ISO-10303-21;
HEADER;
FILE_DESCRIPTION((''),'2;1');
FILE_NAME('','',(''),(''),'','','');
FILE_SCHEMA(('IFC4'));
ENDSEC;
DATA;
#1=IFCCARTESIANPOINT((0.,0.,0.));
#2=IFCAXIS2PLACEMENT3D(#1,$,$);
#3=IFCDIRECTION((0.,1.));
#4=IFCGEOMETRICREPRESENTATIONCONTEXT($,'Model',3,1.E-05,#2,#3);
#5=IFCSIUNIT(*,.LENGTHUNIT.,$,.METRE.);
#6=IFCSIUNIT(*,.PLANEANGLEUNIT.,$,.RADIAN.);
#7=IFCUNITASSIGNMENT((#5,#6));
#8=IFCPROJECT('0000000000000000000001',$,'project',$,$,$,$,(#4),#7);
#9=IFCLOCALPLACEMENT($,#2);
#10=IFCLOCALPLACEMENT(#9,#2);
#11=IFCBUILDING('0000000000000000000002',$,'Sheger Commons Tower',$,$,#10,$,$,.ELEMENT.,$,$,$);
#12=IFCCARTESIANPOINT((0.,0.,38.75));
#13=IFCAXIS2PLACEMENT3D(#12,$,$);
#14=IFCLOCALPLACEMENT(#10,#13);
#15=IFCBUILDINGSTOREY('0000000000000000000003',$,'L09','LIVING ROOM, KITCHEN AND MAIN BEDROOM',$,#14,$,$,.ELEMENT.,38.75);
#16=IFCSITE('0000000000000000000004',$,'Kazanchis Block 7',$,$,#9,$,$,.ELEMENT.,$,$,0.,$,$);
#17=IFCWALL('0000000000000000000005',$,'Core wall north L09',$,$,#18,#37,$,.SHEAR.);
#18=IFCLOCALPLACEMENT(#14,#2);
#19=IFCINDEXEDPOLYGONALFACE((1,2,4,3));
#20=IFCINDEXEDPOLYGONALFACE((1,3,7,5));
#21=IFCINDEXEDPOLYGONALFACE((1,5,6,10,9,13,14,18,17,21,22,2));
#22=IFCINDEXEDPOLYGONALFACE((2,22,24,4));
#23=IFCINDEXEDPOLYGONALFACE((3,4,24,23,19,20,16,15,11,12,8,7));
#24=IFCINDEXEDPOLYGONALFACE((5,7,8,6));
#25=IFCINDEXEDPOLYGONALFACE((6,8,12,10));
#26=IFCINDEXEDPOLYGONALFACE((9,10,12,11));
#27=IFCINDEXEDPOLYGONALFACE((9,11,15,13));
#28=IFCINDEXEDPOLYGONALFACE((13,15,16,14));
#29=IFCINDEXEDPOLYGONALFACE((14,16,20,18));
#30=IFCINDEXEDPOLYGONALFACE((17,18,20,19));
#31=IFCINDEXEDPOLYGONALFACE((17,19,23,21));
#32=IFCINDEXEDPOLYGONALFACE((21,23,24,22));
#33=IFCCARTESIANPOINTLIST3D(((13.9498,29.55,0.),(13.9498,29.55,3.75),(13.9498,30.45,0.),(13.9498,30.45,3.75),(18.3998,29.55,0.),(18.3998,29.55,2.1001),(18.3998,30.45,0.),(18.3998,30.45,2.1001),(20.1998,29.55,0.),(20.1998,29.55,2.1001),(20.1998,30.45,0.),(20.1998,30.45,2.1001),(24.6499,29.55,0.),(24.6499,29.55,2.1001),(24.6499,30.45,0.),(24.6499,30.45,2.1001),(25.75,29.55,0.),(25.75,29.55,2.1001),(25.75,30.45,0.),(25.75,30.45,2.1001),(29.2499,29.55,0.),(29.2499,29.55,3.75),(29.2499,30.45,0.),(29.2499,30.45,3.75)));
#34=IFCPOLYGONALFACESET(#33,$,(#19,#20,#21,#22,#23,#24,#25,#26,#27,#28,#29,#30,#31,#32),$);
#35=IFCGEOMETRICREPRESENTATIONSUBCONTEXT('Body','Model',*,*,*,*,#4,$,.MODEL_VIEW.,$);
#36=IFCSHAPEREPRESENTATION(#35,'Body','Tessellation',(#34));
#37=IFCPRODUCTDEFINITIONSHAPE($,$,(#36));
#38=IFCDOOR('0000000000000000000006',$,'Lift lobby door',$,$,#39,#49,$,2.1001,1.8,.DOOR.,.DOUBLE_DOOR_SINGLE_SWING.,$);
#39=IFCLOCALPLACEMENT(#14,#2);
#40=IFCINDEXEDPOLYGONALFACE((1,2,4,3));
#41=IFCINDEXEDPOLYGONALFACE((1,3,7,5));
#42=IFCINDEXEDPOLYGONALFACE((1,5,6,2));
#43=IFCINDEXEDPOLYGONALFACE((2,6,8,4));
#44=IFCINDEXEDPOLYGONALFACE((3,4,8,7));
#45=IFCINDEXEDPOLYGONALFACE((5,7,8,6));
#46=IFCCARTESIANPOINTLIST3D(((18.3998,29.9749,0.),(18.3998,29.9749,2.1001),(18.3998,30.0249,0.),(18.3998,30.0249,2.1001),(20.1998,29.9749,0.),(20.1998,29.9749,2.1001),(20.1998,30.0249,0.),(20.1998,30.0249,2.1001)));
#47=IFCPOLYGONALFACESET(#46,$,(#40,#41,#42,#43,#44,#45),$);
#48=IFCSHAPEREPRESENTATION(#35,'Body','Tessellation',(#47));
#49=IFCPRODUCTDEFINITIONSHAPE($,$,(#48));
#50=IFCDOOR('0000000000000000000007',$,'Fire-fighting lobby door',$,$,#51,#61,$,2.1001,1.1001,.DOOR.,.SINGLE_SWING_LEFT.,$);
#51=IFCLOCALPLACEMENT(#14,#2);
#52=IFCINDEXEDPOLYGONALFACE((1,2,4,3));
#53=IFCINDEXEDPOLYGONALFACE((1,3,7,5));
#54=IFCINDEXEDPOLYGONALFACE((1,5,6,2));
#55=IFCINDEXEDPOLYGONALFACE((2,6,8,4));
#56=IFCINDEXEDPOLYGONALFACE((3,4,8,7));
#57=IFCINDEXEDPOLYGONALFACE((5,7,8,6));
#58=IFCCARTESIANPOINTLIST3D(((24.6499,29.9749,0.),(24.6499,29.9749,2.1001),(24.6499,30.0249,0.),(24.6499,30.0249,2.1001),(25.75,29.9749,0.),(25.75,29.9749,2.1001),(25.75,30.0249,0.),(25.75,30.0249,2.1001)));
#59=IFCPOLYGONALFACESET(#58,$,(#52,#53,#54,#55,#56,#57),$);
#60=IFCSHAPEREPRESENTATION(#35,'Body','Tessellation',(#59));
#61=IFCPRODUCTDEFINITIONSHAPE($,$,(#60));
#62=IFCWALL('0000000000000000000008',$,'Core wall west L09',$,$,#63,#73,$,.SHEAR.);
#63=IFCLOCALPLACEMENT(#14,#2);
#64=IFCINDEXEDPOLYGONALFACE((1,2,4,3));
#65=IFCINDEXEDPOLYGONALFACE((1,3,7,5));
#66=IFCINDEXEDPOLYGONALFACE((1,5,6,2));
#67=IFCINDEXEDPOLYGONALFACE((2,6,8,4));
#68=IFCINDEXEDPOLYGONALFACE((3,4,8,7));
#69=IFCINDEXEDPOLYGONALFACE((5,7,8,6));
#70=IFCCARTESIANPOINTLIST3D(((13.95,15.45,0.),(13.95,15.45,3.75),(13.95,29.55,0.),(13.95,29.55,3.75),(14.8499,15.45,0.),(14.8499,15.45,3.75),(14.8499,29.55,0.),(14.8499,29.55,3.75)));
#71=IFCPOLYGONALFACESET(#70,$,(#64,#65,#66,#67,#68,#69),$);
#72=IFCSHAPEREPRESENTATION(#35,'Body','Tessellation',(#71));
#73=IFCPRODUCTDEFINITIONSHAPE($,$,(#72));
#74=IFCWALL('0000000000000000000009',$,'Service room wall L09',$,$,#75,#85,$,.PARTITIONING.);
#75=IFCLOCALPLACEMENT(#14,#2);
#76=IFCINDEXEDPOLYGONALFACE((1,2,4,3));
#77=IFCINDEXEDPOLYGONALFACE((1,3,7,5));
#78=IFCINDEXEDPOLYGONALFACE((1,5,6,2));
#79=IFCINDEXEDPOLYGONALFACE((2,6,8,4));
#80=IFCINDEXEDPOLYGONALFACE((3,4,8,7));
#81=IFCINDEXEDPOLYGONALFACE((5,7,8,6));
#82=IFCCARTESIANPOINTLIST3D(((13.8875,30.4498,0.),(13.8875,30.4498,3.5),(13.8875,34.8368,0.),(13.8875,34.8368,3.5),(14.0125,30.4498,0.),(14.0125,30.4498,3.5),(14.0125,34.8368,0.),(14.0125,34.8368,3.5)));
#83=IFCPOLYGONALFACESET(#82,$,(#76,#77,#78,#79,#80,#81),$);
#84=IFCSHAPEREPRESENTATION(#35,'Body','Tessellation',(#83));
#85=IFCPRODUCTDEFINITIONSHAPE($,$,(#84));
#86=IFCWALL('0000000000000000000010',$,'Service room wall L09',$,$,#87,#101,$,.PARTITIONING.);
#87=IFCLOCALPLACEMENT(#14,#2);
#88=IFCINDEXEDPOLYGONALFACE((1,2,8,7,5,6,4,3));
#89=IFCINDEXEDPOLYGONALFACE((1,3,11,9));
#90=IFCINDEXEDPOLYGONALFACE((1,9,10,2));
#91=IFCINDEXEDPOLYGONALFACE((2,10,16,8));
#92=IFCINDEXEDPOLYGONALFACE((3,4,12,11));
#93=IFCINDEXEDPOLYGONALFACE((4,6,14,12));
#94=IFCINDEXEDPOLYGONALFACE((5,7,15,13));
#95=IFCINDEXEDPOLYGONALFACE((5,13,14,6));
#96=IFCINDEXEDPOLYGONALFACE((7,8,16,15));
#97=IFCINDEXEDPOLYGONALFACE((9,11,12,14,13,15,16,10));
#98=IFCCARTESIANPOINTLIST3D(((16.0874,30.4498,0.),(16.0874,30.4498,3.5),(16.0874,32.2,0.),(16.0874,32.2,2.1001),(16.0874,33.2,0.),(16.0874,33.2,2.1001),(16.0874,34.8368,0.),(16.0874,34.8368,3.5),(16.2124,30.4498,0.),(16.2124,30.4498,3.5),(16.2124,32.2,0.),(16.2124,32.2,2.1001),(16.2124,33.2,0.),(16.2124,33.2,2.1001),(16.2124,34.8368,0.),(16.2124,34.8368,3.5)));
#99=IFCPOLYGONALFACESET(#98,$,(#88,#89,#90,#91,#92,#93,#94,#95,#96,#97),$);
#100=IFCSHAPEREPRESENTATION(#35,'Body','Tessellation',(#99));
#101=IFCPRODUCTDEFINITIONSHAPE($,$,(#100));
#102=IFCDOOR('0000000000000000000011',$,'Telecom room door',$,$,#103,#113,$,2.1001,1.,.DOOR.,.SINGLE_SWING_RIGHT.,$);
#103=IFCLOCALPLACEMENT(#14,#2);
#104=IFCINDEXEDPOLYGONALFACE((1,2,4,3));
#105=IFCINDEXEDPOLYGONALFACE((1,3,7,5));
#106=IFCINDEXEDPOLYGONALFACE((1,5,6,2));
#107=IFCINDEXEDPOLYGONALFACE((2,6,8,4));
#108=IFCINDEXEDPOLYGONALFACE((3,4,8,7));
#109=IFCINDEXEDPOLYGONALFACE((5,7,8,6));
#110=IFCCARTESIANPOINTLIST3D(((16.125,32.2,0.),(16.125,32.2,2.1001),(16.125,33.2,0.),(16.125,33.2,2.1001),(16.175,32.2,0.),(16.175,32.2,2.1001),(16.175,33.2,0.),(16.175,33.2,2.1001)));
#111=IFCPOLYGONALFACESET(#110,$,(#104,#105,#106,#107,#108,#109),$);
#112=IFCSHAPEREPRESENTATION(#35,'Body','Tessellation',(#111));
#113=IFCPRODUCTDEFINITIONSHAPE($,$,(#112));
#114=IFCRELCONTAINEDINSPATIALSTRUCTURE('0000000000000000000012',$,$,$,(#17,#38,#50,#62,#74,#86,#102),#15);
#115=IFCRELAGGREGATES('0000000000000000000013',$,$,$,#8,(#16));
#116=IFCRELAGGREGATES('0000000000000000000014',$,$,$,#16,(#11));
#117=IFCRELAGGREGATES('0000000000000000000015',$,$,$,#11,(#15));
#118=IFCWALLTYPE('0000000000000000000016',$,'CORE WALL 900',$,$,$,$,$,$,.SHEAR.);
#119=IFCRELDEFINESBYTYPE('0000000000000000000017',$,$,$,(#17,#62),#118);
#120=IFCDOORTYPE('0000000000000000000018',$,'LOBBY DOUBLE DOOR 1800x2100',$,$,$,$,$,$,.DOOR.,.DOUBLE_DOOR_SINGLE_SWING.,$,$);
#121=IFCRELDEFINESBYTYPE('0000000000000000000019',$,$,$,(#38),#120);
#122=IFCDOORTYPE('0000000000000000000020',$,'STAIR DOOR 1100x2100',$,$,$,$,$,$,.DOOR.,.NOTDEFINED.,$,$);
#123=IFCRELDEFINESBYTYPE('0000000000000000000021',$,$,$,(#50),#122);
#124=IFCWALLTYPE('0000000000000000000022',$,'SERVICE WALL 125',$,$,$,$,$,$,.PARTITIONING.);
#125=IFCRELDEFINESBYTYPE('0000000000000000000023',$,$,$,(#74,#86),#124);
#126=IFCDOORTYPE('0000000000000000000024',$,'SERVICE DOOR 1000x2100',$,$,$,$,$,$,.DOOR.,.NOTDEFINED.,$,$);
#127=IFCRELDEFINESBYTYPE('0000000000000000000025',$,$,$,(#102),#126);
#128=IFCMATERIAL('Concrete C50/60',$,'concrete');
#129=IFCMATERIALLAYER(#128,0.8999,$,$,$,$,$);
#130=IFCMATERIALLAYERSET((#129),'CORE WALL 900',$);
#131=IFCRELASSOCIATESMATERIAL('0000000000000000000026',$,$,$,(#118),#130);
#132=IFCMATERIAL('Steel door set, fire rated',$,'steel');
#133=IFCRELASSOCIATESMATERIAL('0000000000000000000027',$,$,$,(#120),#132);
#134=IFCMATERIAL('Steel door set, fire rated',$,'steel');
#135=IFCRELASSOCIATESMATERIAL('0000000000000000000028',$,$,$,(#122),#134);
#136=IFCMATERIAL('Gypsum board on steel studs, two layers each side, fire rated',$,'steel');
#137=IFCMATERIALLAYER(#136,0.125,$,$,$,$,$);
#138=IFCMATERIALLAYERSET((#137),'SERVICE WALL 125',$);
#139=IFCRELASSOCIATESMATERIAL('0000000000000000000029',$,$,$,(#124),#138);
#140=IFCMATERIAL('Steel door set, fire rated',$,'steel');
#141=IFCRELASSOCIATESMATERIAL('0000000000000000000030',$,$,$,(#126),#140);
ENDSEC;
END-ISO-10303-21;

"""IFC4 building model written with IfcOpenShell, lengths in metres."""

from ifc_helpers import new_model, si_unit, direction, frame, frame_2d, origin, place, context, subcontext, project, spatial, rectangle, extrude, material, layer, layer_set, type_object, element, fill, save


model = new_model("IFC4")

# Units and contexts
model_context = context("Model", 3, precision=1e-05, world=origin(), true_north=direction((0.0, 1.0)))
body_context = subcontext(model_context, "Body", "Model", "MODEL_VIEW")
ifc_project = project(units=[si_unit("LENGTHUNIT", "METRE"), si_unit("PLANEANGLEUNIT", "RADIAN")], contexts=[model_context])

# Site, building, storey
site_placement = place(None, origin())
site = spatial("IfcSite", under=ifc_project, at=site_placement, Name="Kazanchis Block 7", CompositionType="ELEMENT", RefElevation=0.0)
building_placement = place(site_placement, origin())
building = spatial("IfcBuilding", under=site, at=building_placement, Name="Sheger Commons Tower", CompositionType="ELEMENT")
storey_placement = place(building_placement, frame((0.0, 0.0, 38.75)))
storey = spatial("IfcBuildingStorey", under=building, at=storey_placement, Name="L09", Description="LIVING ROOM, KITCHEN AND MAIN BEDROOM", CompositionType="ELEMENT", Elevation=38.75)

# Wall, openings, doors
ifc_material_1 = material(Name="Concrete C50/60", Category="concrete")
ifc_layer_1 = layer(ifc_material_1, 0.8999)
ifc_layer_set_1 = layer_set([ifc_layer_1], Name="CORE WALL 900")
wall_type_1 = type_object("IfcWallType", Name="CORE WALL 900", PredefinedType="SHEAR", material=ifc_layer_set_1)
ifc_material_2 = material(Name="Steel door set, fire rated", Category="steel")
door_type_1 = type_object("IfcDoorType", Name="LOBBY DOUBLE DOOR 1800x2100", OperationType="DOUBLE_DOOR_SINGLE_SWING", PredefinedType="DOOR", material=ifc_material_2)
ifc_material_3 = material(Name="Steel door set, fire rated", Category="steel")
door_type_2 = type_object("IfcDoorType", Name="STAIR DOOR 1100x2100", OperationType="NOTDEFINED", PredefinedType="DOOR", material=ifc_material_3)
wall_1_placement = place(storey_placement, frame((13.95, 30.0, 0.0), z_axis=(0.0, 0.0, 1.0), x_axis=(1.0, 0.0, 0.0)))
wall_1 = element("IfcWall", 1, at=wall_1_placement, inside=storey, type_object=wall_type_1, Name="Core wall north L09", PredefinedType="SHEAR", context=body_context, shape_type="SweptSolid", body=[
    extrude(rectangle(XDim=15.3, YDim=0.8999, at=frame_2d((7.6499, 0.0))), origin(), (0.0, 0.0, 1.0), 3.75),
])
opening_1_placement = place(wall_1_placement, frame((4.45, 0.0, 0.0)))
opening_1 = element("IfcOpeningElement", 2, at=opening_1_placement, cuts=wall_1, PredefinedType="OPENING", context=body_context, shape_type="SweptSolid", body=[
    extrude(rectangle(XDim=1.8, YDim=2.1001, at=frame_2d((0.8999, 1.05))), frame((0.0, 0.46, 0.0), z_axis=(0.0, -1.0, 0.0), x_axis=(1.0, 0.0, 0.0)), (0.0, 0.0, 1.0), 0.9199),
])
opening_2_placement = place(wall_1_placement, frame((10.7, 0.0, 0.0)))
opening_2 = element("IfcOpeningElement", 3, at=opening_2_placement, cuts=wall_1, PredefinedType="OPENING", context=body_context, shape_type="SweptSolid", body=[
    extrude(rectangle(XDim=1.1001, YDim=2.1001, at=frame_2d((0.55, 1.05))), frame((0.0, 0.46, 0.0), z_axis=(0.0, -1.0, 0.0), x_axis=(1.0, 0.0, 0.0)), (0.0, 0.0, 1.0), 0.9199),
])
door_1_placement = place(opening_1_placement, origin())
door_1 = element("IfcDoor", 4, at=door_1_placement, inside=storey, type_object=door_type_1, Name="Lift lobby door", OperationType="DOUBLE_DOOR_SINGLE_SWING", OverallHeight=2.1001, OverallWidth=1.8, PredefinedType="DOOR", context=body_context, shape_type="SweptSolid", body=[
    extrude(rectangle(XDim=1.8, YDim=2.1001, at=frame_2d((0.8999, 1.05))), frame((0.0, 0.0249, 0.0), z_axis=(0.0, -1.0, 0.0), x_axis=(1.0, 0.0, 0.0)), (0.0, 0.0, 1.0), 0.05),
])
fill(opening_1, door_1)
door_2_placement = place(opening_2_placement, origin())
door_2 = element("IfcDoor", 5, at=door_2_placement, inside=storey, type_object=door_type_2, Name="Fire-fighting lobby door", OperationType="SINGLE_SWING_LEFT", OverallHeight=2.1001, OverallWidth=1.1001, PredefinedType="DOOR", context=body_context, shape_type="SweptSolid", body=[
    extrude(rectangle(XDim=1.1001, YDim=2.1001, at=frame_2d((0.55, 1.05))), frame((0.0, 0.0249, 0.0), z_axis=(0.0, -1.0, 0.0), x_axis=(1.0, 0.0, 0.0)), (0.0, 0.0, 1.0), 0.05),
])
fill(opening_2, door_2)

# Walls
wall_2_placement = place(storey_placement, frame((14.3999, 15.45, 0.0), z_axis=(0.0, 0.0, 1.0), x_axis=(0.0, 1.0, 0.0)))
element("IfcWall", 6, at=wall_2_placement, inside=storey, type_object=wall_type_1, Name="Core wall west L09", PredefinedType="SHEAR", context=body_context, shape_type="SweptSolid", body=[
    extrude(rectangle(XDim=14.1001, YDim=0.8999, at=frame_2d((7.05, 0.0))), origin(), (0.0, 0.0, 1.0), 3.75),
])
ifc_material_4 = material(Name="Gypsum board on steel studs, two layers each side, fire rated", Category="steel")
ifc_layer_2 = layer(ifc_material_4, 0.125)
ifc_layer_set_2 = layer_set([ifc_layer_2], Name="SERVICE WALL 125")
wall_type_2 = type_object("IfcWallType", Name="SERVICE WALL 125", PredefinedType="PARTITIONING", material=ifc_layer_set_2)
wall_3_placement = place(storey_placement, frame((13.95, 30.45, 0.0), z_axis=(0.0, 0.0, 1.0), x_axis=(0.0, 1.0, 0.0)))
element("IfcWall", 7, at=wall_3_placement, inside=storey, type_object=wall_type_2, Name="Service room wall L09", PredefinedType="PARTITIONING", context=body_context, shape_type="SweptSolid", body=[
    extrude(rectangle(XDim=4.387, YDim=0.125, at=frame_2d((2.1934, 0.0))), origin(), (0.0, 0.0, 1.0), 3.5),
])

# Wall, opening, door
wall_4_placement = place(storey_placement, frame((16.1499, 30.45, 0.0), z_axis=(0.0, 0.0, 1.0), x_axis=(0.0, 1.0, 0.0)))
wall_4 = element("IfcWall", 8, at=wall_4_placement, inside=storey, type_object=wall_type_2, Name="Service room wall L09", PredefinedType="PARTITIONING", context=body_context, shape_type="SweptSolid", body=[
    extrude(rectangle(XDim=4.387, YDim=0.125, at=frame_2d((2.1934, 0.0))), origin(), (0.0, 0.0, 1.0), 3.5),
])
opening_3_placement = place(wall_4_placement, frame((1.75, 0.0, 0.0)))
opening_3 = element("IfcOpeningElement", 9, at=opening_3_placement, cuts=wall_4, PredefinedType="OPENING", context=body_context, shape_type="SweptSolid", body=[
    extrude(rectangle(XDim=1.0, YDim=2.1001, at=frame_2d((0.5, 1.05))), frame((0.0, 0.0725, 0.0), z_axis=(0.0, -1.0, 0.0), x_axis=(1.0, 0.0, 0.0)), (0.0, 0.0, 1.0), 0.145),
])
ifc_material_5 = material(Name="Steel door set, fire rated", Category="steel")
door_type_3 = type_object("IfcDoorType", Name="SERVICE DOOR 1000x2100", OperationType="NOTDEFINED", PredefinedType="DOOR", material=ifc_material_5)
door_3_placement = place(opening_3_placement, origin())
door_3 = element("IfcDoor", 10, at=door_3_placement, inside=storey, type_object=door_type_3, Name="Telecom room door", OperationType="SINGLE_SWING_RIGHT", OverallHeight=2.1001, OverallWidth=1.0, PredefinedType="DOOR", context=body_context, shape_type="SweptSolid", body=[
    extrude(rectangle(XDim=1.0, YDim=2.1001, at=frame_2d((0.5, 1.05))), frame((0.0, 0.0249, 0.0), z_axis=(0.0, -1.0, 0.0), x_axis=(1.0, 0.0, 0.0)), (0.0, 0.0, 1.0), 0.05),
])
fill(opening_3, door_3)

save(model, "model.ifc")
